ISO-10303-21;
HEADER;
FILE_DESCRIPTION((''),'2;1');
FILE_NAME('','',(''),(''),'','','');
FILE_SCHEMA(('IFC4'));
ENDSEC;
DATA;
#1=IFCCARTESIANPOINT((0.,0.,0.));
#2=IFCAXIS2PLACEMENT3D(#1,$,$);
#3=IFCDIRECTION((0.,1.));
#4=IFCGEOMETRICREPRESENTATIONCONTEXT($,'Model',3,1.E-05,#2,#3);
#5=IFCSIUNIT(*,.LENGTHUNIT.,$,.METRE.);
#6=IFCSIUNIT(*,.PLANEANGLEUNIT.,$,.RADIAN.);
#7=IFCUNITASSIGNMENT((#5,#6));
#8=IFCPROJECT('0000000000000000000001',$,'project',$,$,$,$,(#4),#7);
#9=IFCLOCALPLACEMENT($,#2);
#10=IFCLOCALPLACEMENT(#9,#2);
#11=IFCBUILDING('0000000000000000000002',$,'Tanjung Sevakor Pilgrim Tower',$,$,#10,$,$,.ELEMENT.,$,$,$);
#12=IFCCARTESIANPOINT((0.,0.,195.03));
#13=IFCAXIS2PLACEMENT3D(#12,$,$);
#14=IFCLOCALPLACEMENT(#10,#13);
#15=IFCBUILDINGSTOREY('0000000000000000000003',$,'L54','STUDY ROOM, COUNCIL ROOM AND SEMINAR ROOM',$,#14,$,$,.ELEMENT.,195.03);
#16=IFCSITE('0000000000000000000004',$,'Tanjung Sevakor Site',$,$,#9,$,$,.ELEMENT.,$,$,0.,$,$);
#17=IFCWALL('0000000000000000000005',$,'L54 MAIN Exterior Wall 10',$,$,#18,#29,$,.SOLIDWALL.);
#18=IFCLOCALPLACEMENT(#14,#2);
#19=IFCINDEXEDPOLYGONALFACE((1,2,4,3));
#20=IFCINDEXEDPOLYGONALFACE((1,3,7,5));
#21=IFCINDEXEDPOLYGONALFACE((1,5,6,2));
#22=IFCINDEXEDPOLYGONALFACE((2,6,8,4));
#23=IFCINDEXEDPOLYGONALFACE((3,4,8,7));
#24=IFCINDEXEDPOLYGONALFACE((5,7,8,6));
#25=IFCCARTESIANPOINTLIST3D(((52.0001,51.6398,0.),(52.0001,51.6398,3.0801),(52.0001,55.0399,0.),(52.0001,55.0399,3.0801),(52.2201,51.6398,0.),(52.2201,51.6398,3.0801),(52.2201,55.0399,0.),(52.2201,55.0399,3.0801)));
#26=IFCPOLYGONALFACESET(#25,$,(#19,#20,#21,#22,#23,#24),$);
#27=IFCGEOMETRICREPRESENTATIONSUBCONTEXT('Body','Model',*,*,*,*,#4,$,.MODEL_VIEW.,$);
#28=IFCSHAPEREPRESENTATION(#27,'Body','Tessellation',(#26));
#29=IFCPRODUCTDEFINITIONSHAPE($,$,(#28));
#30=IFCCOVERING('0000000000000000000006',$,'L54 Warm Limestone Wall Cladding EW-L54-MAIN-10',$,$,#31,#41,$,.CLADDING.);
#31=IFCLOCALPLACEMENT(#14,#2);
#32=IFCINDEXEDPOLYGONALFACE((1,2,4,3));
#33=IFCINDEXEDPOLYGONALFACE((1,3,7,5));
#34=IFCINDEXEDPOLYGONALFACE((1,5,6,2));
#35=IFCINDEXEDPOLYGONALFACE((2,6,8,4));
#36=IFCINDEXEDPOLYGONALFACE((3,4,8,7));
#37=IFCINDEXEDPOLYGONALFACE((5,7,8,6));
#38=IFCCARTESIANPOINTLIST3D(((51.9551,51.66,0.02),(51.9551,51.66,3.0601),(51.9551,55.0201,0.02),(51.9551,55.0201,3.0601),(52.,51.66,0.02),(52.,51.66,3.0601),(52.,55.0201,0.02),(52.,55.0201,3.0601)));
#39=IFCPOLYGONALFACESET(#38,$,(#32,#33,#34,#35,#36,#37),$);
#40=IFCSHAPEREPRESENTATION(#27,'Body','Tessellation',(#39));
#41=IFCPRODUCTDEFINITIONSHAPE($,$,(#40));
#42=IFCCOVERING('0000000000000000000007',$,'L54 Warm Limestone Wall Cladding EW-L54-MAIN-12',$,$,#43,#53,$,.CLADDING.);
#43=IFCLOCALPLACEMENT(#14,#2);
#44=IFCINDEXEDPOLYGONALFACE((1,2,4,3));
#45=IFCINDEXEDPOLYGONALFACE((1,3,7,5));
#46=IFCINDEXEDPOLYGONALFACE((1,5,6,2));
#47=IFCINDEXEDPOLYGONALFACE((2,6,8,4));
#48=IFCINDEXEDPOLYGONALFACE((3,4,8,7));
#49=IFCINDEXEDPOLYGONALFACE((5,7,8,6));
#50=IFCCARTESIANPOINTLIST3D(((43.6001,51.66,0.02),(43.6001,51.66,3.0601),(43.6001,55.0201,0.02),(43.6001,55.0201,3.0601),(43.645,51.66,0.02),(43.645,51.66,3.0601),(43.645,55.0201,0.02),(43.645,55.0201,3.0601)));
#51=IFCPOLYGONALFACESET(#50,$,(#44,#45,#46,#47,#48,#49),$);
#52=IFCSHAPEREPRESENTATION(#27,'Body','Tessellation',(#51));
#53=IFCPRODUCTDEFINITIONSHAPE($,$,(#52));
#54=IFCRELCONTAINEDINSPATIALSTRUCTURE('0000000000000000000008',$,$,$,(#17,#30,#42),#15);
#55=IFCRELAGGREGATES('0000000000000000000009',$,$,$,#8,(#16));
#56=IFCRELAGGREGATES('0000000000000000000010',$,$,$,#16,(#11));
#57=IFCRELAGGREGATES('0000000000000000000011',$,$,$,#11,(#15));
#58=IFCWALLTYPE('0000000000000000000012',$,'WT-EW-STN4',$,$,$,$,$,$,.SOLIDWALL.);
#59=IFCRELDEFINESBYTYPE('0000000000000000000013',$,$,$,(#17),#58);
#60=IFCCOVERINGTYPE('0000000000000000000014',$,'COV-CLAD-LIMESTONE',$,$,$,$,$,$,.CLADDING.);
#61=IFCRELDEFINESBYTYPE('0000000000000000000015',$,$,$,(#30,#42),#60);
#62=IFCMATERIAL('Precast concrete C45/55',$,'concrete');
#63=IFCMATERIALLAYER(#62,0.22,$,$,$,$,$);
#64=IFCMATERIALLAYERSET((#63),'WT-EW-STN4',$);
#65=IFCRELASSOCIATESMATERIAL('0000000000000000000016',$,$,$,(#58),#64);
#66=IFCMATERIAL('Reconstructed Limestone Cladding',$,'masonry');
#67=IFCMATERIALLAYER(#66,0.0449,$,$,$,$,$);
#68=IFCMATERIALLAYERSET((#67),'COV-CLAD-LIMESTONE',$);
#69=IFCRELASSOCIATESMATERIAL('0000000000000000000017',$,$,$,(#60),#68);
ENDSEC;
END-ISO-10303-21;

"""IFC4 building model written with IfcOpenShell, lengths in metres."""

from ifc_helpers import new_model, si_unit, direction, frame, frame_2d, origin, origin_2d, place, context, subcontext, project, spatial, rectangle, extrude, material, layer, layer_set, type_object, element, save


model = new_model("IFC4")

# Units and contexts
model_context = context("Model", 3, precision=1e-05, world=origin(), true_north=direction((0.0, 1.0)))
body_context = subcontext(model_context, "Body", "Model", "MODEL_VIEW")
ifc_project = project(units=[si_unit("LENGTHUNIT", "METRE"), si_unit("PLANEANGLEUNIT", "RADIAN")], contexts=[model_context])

# Site, building, storey
site_placement = place(None, origin())
site = spatial("IfcSite", under=ifc_project, at=site_placement, Name="Tanjung Sevakor Site", CompositionType="ELEMENT", RefElevation=0.0)
building_placement = place(site_placement, origin())
building = spatial("IfcBuilding", under=site, at=building_placement, Name="Tanjung Sevakor Pilgrim Tower", CompositionType="ELEMENT")
storey_placement = place(building_placement, frame((0.0, 0.0, 195.03)))
storey = spatial("IfcBuildingStorey", under=building, at=storey_placement, Name="L54", Description="STUDY ROOM, COUNCIL ROOM AND SEMINAR ROOM", CompositionType="ELEMENT", Elevation=195.03)

# Wall
ifc_material_1 = material(Name="Precast concrete C45/55", Category="concrete")
ifc_layer_1 = layer(ifc_material_1, 0.22)
ifc_layer_set_1 = layer_set([ifc_layer_1], Name="WT-EW-STN4")
wall_type_1 = type_object("IfcWallType", Name="WT-EW-STN4", PredefinedType="SOLIDWALL", material=ifc_layer_set_1)
wall_1_placement = place(storey_placement, frame((52.1101, 55.04, 0.0), z_axis=(0.0, 0.0, 1.0), x_axis=(0.0, -1.0, 0.0)))
element("IfcWall", 1, at=wall_1_placement, inside=storey, type_object=wall_type_1, Name="L54 MAIN Exterior Wall 10", PredefinedType="SOLIDWALL", context=body_context, shape_type="SweptSolid", body=[
    extrude(rectangle(XDim=3.4001, YDim=0.22, at=frame_2d((1.7002, 0.0))), origin(), (0.0, 0.0, 1.0), 3.0801),
])

# Coverings
ifc_material_2 = material(Name="Reconstructed Limestone Cladding", Category="masonry")
ifc_layer_2 = layer(ifc_material_2, 0.0449)
ifc_layer_set_2 = layer_set([ifc_layer_2], Name="COV-CLAD-LIMESTONE")
covering_type = type_object("IfcCoveringType", Name="COV-CLAD-LIMESTONE", PredefinedType="CLADDING", material=ifc_layer_set_2)
for number, where, z_axis, x_axis, name in (
    (2, (51.9775, 53.3401, 0.02), (0.0, 0.0, 1.0), (0.0, -1.0, 0.0), "L54 Warm Limestone Wall Cladding EW-L54-MAIN-10"),
    (3, (43.6226, 53.3401, 0.02), (0.0, 0.0, 1.0), (0.0, 1.0, 0.0), "L54 Warm Limestone Wall Cladding EW-L54-MAIN-12"),
):
    element("IfcCovering", number, at=place(storey_placement, frame(where, z_axis=z_axis, x_axis=x_axis)), inside=storey, type_object=covering_type, Name=name, PredefinedType="CLADDING", context=body_context, shape_type="SweptSolid", body=[
        extrude(rectangle(XDim=3.3601, YDim=0.0449, at=origin_2d()), origin(), (0.0, 0.0, 1.0), 3.04),
    ])

save(model, "model.ifc")
